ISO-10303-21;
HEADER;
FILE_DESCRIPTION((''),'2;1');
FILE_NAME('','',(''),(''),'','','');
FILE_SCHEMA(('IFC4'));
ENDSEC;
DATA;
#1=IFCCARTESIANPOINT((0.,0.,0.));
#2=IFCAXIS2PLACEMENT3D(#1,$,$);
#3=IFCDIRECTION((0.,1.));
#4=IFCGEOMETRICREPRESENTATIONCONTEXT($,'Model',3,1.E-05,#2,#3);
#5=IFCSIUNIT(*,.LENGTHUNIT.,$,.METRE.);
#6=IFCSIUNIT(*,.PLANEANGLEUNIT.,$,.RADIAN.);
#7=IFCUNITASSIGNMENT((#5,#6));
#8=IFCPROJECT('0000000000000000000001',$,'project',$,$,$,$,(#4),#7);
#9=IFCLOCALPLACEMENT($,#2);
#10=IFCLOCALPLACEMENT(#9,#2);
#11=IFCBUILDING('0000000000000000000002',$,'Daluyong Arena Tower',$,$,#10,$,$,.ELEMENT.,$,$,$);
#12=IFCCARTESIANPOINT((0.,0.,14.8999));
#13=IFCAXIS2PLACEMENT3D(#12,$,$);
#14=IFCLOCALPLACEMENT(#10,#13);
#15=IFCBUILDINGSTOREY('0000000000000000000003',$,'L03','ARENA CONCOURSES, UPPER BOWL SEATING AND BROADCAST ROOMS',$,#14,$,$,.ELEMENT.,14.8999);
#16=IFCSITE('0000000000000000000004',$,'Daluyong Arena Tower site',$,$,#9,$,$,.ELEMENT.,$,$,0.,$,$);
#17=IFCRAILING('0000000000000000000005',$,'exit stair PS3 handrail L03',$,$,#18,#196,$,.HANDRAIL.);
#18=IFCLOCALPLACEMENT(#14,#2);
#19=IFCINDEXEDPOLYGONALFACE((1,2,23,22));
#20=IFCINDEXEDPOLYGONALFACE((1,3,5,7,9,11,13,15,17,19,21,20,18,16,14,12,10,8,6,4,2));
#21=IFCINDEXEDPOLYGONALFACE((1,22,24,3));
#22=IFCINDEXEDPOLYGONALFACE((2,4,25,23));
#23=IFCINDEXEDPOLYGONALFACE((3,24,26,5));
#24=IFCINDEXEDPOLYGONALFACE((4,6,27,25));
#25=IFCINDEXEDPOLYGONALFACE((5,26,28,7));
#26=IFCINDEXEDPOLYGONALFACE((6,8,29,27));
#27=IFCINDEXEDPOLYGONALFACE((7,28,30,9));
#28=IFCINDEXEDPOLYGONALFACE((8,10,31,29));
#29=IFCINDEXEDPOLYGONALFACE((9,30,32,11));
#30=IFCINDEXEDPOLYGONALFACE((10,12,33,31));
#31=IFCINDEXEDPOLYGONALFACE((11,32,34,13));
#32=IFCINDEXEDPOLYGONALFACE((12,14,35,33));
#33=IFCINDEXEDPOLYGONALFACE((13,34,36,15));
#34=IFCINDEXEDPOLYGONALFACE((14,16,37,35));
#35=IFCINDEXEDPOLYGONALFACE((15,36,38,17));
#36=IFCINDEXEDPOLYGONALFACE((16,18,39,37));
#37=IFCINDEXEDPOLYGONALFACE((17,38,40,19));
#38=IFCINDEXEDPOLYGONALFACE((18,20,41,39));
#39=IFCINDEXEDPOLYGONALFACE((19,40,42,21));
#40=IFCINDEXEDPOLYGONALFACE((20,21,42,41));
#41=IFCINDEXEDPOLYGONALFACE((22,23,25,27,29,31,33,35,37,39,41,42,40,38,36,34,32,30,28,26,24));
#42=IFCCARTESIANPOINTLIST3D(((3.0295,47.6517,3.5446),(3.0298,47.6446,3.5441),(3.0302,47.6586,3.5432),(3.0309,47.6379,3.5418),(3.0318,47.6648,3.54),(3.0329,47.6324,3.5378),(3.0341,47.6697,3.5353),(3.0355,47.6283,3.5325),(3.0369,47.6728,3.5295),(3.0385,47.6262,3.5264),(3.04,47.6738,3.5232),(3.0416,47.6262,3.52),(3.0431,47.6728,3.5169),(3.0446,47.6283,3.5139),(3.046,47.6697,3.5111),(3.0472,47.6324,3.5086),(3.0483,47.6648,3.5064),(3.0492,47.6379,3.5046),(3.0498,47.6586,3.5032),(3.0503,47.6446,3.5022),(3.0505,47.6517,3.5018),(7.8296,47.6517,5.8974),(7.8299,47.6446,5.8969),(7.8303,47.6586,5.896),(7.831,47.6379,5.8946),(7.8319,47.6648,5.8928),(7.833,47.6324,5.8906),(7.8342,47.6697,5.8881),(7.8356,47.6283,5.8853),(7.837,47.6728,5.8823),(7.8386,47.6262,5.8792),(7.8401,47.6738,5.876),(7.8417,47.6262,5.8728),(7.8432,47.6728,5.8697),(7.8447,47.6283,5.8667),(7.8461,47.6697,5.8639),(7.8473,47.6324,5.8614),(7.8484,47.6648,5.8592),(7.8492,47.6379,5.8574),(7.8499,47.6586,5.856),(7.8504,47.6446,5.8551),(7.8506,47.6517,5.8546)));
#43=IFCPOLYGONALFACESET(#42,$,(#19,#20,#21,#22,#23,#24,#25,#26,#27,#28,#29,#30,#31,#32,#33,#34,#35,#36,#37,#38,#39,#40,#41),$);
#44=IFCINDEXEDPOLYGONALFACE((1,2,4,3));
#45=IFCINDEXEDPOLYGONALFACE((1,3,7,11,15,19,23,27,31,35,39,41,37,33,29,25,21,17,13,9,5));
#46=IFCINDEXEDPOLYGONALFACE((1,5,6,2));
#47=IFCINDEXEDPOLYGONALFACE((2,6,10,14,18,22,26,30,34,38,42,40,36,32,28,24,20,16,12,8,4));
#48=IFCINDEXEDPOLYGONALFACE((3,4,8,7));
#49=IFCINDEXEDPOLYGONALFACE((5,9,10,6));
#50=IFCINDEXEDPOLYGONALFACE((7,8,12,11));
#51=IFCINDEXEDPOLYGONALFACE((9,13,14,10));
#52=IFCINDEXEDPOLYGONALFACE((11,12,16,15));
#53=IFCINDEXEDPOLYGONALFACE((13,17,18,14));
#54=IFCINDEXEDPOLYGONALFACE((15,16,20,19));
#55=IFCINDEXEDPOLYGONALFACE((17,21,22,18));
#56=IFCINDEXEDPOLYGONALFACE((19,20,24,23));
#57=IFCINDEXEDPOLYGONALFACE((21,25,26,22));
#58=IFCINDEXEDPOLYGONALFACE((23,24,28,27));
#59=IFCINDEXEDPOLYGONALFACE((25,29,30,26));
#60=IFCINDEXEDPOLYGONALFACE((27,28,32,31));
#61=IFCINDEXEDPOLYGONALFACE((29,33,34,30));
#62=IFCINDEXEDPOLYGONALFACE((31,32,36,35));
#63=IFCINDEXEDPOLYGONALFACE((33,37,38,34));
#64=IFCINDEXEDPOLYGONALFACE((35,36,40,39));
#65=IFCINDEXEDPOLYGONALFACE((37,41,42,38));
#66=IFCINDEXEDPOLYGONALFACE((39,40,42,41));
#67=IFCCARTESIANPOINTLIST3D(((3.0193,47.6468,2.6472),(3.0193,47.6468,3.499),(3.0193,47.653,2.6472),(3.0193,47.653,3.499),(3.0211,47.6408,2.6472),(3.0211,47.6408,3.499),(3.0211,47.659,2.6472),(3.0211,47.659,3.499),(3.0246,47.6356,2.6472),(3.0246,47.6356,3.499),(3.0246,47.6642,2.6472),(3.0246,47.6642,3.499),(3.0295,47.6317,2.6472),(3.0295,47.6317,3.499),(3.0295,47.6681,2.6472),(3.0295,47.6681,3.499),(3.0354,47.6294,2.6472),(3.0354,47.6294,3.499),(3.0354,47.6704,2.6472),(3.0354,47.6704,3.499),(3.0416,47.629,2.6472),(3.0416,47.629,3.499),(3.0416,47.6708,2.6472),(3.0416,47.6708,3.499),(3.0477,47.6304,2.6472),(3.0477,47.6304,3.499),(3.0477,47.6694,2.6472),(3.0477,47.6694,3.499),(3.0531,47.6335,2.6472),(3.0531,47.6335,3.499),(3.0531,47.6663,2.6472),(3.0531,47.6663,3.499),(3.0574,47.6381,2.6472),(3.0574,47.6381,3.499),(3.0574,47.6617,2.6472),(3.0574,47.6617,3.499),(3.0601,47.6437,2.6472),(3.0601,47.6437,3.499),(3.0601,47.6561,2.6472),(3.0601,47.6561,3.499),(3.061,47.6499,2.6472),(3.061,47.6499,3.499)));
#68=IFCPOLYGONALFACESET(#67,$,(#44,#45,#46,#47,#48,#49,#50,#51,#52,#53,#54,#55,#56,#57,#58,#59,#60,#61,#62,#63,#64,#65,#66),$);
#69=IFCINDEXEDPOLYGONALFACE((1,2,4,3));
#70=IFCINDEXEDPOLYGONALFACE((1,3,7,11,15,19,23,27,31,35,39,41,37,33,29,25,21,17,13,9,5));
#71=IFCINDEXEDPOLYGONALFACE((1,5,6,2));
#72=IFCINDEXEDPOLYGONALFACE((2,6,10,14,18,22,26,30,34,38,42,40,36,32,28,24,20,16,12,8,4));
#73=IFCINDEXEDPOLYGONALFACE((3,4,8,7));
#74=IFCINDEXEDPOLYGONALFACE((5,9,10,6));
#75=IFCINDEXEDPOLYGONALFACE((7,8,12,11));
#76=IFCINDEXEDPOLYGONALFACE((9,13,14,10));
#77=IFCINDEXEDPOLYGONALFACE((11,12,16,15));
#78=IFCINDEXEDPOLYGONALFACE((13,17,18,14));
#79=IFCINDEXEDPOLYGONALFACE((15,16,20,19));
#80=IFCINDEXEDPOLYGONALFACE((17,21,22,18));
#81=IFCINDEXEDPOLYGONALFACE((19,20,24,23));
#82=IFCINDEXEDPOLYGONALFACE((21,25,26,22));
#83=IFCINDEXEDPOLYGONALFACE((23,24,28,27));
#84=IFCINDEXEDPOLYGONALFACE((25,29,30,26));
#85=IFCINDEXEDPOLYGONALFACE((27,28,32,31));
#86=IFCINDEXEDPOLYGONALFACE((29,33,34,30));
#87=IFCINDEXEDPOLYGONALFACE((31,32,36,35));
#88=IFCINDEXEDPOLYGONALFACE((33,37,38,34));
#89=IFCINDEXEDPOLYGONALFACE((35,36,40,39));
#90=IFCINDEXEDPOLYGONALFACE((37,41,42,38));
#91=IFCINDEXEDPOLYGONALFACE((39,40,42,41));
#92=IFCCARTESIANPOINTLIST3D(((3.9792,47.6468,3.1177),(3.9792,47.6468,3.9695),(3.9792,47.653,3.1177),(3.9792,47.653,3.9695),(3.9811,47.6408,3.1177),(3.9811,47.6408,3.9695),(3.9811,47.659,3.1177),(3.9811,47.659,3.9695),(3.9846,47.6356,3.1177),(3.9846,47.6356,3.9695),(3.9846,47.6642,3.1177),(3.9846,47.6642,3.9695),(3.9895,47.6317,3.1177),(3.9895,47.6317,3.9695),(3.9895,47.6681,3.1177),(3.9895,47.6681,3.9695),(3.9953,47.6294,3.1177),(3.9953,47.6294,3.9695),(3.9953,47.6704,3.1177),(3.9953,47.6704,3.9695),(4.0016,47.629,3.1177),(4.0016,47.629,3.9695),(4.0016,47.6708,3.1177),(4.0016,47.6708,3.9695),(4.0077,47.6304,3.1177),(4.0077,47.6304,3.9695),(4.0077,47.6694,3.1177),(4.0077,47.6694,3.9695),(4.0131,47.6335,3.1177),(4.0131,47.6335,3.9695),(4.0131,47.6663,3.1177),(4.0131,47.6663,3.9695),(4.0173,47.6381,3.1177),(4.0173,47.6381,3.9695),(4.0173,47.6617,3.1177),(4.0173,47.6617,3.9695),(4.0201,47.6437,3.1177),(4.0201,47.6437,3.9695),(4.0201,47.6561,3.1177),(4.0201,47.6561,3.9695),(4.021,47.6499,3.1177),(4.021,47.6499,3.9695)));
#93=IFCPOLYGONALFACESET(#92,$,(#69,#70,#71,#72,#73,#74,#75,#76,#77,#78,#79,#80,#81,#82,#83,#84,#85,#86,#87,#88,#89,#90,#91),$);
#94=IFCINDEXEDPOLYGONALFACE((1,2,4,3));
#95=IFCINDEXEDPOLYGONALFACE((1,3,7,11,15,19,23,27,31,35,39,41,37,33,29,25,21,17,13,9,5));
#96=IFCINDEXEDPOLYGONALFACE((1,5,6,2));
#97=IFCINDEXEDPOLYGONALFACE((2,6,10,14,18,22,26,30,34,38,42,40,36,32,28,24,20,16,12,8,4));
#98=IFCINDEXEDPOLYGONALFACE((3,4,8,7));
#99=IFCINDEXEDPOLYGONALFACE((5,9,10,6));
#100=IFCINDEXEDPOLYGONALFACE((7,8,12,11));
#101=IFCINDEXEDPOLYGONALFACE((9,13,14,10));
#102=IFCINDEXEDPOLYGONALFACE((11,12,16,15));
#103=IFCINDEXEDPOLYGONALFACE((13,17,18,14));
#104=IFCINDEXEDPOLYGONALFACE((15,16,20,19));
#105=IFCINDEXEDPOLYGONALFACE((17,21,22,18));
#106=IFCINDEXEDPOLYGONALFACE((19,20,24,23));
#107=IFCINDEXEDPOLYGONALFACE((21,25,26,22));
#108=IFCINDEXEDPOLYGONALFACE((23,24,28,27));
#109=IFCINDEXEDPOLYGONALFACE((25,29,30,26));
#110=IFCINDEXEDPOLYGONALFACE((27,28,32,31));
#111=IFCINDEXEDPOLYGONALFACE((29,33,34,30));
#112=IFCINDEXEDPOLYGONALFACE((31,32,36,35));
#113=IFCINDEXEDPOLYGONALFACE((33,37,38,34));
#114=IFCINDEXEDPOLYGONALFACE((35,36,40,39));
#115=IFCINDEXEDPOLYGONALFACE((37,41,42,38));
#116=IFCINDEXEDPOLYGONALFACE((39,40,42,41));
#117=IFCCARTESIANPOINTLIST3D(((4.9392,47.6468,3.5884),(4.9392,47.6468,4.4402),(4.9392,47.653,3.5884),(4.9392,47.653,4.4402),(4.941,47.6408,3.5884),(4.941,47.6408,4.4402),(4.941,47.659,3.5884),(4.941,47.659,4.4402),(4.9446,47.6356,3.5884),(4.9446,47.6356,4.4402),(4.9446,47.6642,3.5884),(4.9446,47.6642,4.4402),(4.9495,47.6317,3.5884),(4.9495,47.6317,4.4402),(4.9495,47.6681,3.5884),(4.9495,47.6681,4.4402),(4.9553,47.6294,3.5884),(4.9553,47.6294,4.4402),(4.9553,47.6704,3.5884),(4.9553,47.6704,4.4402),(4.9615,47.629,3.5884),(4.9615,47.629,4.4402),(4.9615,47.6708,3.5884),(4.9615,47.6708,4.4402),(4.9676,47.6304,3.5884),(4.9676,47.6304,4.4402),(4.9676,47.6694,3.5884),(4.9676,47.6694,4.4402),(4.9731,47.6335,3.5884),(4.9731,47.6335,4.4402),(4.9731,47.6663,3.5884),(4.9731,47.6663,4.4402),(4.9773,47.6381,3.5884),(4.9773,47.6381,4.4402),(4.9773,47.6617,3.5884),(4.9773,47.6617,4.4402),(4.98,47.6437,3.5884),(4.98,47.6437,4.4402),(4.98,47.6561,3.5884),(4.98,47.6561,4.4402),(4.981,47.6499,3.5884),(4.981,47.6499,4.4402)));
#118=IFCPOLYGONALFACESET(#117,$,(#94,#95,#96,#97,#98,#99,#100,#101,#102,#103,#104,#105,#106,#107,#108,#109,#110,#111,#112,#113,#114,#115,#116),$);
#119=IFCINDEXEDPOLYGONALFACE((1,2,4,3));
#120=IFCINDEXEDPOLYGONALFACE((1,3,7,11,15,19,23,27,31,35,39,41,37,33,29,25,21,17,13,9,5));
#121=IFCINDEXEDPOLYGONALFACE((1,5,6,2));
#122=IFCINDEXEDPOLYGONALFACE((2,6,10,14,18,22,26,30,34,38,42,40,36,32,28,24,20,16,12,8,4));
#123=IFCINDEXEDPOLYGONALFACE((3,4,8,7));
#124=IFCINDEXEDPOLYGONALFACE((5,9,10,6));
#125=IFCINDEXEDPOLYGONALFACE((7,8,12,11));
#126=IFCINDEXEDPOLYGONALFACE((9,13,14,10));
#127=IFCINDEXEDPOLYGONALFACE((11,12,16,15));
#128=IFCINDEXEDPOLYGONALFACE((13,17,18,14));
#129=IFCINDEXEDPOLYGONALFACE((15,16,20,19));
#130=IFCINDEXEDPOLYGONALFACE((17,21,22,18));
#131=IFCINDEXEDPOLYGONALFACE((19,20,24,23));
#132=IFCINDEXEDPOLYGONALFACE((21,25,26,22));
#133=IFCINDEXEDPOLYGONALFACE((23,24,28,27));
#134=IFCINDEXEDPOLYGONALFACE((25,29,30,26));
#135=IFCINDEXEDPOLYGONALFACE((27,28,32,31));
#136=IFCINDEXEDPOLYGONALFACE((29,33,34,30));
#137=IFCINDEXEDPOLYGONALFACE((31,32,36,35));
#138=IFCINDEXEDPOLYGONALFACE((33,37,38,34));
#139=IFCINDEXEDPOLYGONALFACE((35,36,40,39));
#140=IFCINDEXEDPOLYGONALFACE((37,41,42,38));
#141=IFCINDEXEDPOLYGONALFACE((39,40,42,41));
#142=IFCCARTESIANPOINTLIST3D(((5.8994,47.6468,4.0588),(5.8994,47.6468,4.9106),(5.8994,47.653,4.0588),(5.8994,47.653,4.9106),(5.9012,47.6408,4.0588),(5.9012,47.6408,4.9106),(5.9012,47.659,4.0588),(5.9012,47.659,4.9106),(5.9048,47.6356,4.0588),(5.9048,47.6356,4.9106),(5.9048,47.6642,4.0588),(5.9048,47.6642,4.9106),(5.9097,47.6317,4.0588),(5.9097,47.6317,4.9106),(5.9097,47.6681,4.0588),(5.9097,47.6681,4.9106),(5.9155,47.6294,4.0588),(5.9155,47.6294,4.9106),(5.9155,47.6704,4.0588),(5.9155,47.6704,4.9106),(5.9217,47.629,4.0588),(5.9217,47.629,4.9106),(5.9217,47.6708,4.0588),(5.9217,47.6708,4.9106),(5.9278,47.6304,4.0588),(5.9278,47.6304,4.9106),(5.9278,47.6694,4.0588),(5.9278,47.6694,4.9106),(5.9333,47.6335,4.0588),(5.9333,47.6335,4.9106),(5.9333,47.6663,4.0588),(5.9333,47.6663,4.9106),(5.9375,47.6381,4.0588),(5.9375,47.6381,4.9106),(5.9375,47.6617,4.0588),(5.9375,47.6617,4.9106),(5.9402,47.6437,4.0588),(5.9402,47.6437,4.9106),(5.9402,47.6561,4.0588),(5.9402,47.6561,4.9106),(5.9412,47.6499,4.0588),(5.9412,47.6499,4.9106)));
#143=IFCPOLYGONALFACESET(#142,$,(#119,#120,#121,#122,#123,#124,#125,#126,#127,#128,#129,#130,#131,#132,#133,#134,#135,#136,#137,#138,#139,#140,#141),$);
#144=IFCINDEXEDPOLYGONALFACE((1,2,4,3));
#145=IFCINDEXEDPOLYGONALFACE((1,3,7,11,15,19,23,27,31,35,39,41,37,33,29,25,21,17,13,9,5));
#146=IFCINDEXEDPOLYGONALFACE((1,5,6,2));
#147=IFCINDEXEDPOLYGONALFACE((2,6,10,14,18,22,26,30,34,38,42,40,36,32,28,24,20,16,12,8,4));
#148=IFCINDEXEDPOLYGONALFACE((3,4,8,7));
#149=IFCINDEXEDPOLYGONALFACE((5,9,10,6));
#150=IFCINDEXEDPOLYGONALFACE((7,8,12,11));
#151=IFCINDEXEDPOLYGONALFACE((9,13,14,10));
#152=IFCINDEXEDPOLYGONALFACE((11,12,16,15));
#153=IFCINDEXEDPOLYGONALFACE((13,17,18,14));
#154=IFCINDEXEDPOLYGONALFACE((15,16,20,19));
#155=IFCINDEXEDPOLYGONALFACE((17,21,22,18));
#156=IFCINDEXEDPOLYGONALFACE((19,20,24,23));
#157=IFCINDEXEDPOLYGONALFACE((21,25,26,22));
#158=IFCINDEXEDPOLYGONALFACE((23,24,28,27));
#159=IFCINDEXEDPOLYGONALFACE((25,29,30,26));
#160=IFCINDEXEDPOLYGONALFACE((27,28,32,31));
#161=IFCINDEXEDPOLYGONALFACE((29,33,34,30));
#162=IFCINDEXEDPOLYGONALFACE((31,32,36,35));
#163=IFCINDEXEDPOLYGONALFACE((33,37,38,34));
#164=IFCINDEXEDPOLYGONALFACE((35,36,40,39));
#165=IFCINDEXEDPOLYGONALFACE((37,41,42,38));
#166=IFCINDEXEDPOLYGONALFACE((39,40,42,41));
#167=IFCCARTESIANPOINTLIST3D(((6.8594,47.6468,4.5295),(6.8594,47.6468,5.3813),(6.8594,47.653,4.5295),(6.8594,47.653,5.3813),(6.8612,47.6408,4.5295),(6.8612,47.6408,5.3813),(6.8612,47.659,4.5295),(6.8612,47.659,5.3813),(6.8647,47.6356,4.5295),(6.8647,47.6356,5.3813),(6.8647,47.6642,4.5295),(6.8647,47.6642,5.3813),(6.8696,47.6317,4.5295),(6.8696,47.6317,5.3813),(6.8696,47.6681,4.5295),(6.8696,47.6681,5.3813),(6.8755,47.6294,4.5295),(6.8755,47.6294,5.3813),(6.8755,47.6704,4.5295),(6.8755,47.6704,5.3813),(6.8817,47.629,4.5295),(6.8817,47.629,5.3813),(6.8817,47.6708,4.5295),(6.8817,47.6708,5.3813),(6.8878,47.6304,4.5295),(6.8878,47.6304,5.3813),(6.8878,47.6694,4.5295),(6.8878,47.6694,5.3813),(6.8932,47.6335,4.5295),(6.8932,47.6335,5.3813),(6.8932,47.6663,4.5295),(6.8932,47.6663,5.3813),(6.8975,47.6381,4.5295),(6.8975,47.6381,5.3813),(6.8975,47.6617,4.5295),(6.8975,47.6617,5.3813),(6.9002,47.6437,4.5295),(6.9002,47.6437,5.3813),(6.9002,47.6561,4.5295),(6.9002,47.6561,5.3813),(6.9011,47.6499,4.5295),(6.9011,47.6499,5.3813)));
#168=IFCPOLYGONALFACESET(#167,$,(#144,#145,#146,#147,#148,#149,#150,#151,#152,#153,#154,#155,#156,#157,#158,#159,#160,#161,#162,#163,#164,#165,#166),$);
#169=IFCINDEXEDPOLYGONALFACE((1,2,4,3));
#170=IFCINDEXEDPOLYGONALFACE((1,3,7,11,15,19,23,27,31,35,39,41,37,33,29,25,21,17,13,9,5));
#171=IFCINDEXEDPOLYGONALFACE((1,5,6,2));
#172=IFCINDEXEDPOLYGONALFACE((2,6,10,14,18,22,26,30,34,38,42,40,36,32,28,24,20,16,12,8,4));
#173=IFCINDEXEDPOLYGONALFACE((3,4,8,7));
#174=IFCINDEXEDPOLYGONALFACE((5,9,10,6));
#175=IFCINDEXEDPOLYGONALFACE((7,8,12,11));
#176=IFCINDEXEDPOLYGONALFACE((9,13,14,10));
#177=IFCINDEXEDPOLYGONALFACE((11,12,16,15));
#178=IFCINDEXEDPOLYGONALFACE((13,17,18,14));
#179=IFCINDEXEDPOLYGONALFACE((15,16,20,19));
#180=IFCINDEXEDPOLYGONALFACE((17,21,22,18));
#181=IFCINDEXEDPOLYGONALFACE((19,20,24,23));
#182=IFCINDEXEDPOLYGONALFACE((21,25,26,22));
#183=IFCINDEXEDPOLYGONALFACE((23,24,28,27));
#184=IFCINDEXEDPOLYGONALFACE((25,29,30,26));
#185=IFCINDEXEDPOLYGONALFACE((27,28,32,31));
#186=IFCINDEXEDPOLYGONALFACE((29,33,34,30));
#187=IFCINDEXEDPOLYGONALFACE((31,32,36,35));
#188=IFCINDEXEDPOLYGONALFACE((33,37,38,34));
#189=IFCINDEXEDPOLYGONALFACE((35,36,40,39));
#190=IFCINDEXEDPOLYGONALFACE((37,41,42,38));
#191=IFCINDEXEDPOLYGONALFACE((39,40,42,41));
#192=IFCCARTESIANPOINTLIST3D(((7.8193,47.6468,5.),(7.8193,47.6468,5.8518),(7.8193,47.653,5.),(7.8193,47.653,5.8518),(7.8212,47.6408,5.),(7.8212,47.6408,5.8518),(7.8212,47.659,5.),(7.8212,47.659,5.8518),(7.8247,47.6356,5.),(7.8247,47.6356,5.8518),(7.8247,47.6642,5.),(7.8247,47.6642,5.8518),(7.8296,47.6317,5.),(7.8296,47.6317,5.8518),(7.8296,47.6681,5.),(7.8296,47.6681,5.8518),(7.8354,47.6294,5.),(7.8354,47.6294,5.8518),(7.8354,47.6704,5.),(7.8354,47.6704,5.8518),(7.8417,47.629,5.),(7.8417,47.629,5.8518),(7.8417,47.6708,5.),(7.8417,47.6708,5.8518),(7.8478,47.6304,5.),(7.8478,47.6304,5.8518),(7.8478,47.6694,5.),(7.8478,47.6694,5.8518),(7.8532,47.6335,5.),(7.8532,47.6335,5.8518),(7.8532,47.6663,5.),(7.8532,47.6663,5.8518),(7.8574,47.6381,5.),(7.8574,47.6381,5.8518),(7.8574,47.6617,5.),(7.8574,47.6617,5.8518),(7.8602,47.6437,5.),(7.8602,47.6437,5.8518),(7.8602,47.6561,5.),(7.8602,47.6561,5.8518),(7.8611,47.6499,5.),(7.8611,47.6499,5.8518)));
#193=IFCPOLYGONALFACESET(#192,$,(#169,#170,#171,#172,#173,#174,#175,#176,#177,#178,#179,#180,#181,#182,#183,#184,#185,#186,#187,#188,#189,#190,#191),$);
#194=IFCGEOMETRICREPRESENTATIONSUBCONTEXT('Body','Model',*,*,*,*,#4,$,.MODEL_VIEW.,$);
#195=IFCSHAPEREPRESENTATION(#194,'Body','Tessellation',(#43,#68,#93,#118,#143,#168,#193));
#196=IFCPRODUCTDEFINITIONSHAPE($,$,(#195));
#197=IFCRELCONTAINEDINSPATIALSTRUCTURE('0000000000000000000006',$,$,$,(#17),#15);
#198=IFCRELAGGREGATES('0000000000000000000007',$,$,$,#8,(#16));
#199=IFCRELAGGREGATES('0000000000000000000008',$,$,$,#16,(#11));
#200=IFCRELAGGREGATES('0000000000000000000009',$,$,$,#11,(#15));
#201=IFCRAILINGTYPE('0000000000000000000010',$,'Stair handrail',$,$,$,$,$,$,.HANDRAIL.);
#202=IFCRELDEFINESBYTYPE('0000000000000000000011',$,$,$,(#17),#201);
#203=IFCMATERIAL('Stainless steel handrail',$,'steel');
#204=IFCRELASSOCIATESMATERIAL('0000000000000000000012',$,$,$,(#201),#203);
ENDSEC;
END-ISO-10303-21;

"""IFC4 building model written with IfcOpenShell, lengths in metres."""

from ifc_helpers import new_model, si_unit, direction, frame, origin, origin_2d, place, context, subcontext, project, spatial, circle, extrude, material, type_object, element, save


model = new_model("IFC4")

# Units and contexts
model_context = context("Model", 3, precision=1e-05, world=origin(), true_north=direction((0.0, 1.0)))
body_context = subcontext(model_context, "Body", "Model", "MODEL_VIEW")
ifc_project = project(units=[si_unit("LENGTHUNIT", "METRE"), si_unit("PLANEANGLEUNIT", "RADIAN")], contexts=[model_context])

# Site, building, storey
site_placement = place(None, origin())
site = spatial("IfcSite", under=ifc_project, at=site_placement, Name="Daluyong Arena Tower site", CompositionType="ELEMENT", RefElevation=0.0)
building_placement = place(site_placement, origin())
building = spatial("IfcBuilding", under=site, at=building_placement, Name="Daluyong Arena Tower", CompositionType="ELEMENT")
storey_placement = place(building_placement, frame((0.0, 0.0, 14.8999)))
storey = spatial("IfcBuildingStorey", under=building, at=storey_placement, Name="L03", Description="ARENA CONCOURSES, UPPER BOWL SEATING AND BROADCAST ROOMS", CompositionType="ELEMENT", Elevation=14.8999)

# Railing
ifc_material_1 = material(Name="Stainless steel handrail", Category="steel")
railing_type_1 = type_object("IfcRailingType", Name="Stair handrail", PredefinedType="HANDRAIL", material=ifc_material_1)
railing_1_placement = place(storey_placement, frame((3.04, 47.6499, 2.6472)))
element("IfcRailing", 1, at=railing_1_placement, inside=storey, type_object=railing_type_1, Name="exit stair PS3 handrail L03", PredefinedType="HANDRAIL", context=body_context, shape_type="SweptSolid", body=[
    extrude(circle(Radius=0.0239, at=origin_2d()), frame((0.0, 0.0, 0.876), z_axis=(0.897934, 0.0, 0.44013), x_axis=(0.0, 1.0, 0.0)), (0.0, 0.0, 1.0), 5.3457),
    extrude(circle(Radius=0.021, at=origin_2d()), origin(), (0.0, 0.0, 1.0), 0.8518),
    extrude(circle(Radius=0.021, at=origin_2d()), frame((0.96, 0.0, 0.4705)), (0.0, 0.0, 1.0), 0.8518),
    extrude(circle(Radius=0.021, at=origin_2d()), frame((1.9199, 0.0, 0.9412)), (0.0, 0.0, 1.0), 0.8518),
    extrude(circle(Radius=0.021, at=origin_2d()), frame((2.8801, 0.0, 1.4116)), (0.0, 0.0, 1.0), 0.8518),
    extrude(circle(Radius=0.021, at=origin_2d()), frame((3.8401, 0.0, 1.8823)), (0.0, 0.0, 1.0), 0.8518),
    extrude(circle(Radius=0.021, at=origin_2d()), frame((4.8, 0.0, 2.3528)), (0.0, 0.0, 1.0), 0.8518),
])

save(model, "model.ifc")
